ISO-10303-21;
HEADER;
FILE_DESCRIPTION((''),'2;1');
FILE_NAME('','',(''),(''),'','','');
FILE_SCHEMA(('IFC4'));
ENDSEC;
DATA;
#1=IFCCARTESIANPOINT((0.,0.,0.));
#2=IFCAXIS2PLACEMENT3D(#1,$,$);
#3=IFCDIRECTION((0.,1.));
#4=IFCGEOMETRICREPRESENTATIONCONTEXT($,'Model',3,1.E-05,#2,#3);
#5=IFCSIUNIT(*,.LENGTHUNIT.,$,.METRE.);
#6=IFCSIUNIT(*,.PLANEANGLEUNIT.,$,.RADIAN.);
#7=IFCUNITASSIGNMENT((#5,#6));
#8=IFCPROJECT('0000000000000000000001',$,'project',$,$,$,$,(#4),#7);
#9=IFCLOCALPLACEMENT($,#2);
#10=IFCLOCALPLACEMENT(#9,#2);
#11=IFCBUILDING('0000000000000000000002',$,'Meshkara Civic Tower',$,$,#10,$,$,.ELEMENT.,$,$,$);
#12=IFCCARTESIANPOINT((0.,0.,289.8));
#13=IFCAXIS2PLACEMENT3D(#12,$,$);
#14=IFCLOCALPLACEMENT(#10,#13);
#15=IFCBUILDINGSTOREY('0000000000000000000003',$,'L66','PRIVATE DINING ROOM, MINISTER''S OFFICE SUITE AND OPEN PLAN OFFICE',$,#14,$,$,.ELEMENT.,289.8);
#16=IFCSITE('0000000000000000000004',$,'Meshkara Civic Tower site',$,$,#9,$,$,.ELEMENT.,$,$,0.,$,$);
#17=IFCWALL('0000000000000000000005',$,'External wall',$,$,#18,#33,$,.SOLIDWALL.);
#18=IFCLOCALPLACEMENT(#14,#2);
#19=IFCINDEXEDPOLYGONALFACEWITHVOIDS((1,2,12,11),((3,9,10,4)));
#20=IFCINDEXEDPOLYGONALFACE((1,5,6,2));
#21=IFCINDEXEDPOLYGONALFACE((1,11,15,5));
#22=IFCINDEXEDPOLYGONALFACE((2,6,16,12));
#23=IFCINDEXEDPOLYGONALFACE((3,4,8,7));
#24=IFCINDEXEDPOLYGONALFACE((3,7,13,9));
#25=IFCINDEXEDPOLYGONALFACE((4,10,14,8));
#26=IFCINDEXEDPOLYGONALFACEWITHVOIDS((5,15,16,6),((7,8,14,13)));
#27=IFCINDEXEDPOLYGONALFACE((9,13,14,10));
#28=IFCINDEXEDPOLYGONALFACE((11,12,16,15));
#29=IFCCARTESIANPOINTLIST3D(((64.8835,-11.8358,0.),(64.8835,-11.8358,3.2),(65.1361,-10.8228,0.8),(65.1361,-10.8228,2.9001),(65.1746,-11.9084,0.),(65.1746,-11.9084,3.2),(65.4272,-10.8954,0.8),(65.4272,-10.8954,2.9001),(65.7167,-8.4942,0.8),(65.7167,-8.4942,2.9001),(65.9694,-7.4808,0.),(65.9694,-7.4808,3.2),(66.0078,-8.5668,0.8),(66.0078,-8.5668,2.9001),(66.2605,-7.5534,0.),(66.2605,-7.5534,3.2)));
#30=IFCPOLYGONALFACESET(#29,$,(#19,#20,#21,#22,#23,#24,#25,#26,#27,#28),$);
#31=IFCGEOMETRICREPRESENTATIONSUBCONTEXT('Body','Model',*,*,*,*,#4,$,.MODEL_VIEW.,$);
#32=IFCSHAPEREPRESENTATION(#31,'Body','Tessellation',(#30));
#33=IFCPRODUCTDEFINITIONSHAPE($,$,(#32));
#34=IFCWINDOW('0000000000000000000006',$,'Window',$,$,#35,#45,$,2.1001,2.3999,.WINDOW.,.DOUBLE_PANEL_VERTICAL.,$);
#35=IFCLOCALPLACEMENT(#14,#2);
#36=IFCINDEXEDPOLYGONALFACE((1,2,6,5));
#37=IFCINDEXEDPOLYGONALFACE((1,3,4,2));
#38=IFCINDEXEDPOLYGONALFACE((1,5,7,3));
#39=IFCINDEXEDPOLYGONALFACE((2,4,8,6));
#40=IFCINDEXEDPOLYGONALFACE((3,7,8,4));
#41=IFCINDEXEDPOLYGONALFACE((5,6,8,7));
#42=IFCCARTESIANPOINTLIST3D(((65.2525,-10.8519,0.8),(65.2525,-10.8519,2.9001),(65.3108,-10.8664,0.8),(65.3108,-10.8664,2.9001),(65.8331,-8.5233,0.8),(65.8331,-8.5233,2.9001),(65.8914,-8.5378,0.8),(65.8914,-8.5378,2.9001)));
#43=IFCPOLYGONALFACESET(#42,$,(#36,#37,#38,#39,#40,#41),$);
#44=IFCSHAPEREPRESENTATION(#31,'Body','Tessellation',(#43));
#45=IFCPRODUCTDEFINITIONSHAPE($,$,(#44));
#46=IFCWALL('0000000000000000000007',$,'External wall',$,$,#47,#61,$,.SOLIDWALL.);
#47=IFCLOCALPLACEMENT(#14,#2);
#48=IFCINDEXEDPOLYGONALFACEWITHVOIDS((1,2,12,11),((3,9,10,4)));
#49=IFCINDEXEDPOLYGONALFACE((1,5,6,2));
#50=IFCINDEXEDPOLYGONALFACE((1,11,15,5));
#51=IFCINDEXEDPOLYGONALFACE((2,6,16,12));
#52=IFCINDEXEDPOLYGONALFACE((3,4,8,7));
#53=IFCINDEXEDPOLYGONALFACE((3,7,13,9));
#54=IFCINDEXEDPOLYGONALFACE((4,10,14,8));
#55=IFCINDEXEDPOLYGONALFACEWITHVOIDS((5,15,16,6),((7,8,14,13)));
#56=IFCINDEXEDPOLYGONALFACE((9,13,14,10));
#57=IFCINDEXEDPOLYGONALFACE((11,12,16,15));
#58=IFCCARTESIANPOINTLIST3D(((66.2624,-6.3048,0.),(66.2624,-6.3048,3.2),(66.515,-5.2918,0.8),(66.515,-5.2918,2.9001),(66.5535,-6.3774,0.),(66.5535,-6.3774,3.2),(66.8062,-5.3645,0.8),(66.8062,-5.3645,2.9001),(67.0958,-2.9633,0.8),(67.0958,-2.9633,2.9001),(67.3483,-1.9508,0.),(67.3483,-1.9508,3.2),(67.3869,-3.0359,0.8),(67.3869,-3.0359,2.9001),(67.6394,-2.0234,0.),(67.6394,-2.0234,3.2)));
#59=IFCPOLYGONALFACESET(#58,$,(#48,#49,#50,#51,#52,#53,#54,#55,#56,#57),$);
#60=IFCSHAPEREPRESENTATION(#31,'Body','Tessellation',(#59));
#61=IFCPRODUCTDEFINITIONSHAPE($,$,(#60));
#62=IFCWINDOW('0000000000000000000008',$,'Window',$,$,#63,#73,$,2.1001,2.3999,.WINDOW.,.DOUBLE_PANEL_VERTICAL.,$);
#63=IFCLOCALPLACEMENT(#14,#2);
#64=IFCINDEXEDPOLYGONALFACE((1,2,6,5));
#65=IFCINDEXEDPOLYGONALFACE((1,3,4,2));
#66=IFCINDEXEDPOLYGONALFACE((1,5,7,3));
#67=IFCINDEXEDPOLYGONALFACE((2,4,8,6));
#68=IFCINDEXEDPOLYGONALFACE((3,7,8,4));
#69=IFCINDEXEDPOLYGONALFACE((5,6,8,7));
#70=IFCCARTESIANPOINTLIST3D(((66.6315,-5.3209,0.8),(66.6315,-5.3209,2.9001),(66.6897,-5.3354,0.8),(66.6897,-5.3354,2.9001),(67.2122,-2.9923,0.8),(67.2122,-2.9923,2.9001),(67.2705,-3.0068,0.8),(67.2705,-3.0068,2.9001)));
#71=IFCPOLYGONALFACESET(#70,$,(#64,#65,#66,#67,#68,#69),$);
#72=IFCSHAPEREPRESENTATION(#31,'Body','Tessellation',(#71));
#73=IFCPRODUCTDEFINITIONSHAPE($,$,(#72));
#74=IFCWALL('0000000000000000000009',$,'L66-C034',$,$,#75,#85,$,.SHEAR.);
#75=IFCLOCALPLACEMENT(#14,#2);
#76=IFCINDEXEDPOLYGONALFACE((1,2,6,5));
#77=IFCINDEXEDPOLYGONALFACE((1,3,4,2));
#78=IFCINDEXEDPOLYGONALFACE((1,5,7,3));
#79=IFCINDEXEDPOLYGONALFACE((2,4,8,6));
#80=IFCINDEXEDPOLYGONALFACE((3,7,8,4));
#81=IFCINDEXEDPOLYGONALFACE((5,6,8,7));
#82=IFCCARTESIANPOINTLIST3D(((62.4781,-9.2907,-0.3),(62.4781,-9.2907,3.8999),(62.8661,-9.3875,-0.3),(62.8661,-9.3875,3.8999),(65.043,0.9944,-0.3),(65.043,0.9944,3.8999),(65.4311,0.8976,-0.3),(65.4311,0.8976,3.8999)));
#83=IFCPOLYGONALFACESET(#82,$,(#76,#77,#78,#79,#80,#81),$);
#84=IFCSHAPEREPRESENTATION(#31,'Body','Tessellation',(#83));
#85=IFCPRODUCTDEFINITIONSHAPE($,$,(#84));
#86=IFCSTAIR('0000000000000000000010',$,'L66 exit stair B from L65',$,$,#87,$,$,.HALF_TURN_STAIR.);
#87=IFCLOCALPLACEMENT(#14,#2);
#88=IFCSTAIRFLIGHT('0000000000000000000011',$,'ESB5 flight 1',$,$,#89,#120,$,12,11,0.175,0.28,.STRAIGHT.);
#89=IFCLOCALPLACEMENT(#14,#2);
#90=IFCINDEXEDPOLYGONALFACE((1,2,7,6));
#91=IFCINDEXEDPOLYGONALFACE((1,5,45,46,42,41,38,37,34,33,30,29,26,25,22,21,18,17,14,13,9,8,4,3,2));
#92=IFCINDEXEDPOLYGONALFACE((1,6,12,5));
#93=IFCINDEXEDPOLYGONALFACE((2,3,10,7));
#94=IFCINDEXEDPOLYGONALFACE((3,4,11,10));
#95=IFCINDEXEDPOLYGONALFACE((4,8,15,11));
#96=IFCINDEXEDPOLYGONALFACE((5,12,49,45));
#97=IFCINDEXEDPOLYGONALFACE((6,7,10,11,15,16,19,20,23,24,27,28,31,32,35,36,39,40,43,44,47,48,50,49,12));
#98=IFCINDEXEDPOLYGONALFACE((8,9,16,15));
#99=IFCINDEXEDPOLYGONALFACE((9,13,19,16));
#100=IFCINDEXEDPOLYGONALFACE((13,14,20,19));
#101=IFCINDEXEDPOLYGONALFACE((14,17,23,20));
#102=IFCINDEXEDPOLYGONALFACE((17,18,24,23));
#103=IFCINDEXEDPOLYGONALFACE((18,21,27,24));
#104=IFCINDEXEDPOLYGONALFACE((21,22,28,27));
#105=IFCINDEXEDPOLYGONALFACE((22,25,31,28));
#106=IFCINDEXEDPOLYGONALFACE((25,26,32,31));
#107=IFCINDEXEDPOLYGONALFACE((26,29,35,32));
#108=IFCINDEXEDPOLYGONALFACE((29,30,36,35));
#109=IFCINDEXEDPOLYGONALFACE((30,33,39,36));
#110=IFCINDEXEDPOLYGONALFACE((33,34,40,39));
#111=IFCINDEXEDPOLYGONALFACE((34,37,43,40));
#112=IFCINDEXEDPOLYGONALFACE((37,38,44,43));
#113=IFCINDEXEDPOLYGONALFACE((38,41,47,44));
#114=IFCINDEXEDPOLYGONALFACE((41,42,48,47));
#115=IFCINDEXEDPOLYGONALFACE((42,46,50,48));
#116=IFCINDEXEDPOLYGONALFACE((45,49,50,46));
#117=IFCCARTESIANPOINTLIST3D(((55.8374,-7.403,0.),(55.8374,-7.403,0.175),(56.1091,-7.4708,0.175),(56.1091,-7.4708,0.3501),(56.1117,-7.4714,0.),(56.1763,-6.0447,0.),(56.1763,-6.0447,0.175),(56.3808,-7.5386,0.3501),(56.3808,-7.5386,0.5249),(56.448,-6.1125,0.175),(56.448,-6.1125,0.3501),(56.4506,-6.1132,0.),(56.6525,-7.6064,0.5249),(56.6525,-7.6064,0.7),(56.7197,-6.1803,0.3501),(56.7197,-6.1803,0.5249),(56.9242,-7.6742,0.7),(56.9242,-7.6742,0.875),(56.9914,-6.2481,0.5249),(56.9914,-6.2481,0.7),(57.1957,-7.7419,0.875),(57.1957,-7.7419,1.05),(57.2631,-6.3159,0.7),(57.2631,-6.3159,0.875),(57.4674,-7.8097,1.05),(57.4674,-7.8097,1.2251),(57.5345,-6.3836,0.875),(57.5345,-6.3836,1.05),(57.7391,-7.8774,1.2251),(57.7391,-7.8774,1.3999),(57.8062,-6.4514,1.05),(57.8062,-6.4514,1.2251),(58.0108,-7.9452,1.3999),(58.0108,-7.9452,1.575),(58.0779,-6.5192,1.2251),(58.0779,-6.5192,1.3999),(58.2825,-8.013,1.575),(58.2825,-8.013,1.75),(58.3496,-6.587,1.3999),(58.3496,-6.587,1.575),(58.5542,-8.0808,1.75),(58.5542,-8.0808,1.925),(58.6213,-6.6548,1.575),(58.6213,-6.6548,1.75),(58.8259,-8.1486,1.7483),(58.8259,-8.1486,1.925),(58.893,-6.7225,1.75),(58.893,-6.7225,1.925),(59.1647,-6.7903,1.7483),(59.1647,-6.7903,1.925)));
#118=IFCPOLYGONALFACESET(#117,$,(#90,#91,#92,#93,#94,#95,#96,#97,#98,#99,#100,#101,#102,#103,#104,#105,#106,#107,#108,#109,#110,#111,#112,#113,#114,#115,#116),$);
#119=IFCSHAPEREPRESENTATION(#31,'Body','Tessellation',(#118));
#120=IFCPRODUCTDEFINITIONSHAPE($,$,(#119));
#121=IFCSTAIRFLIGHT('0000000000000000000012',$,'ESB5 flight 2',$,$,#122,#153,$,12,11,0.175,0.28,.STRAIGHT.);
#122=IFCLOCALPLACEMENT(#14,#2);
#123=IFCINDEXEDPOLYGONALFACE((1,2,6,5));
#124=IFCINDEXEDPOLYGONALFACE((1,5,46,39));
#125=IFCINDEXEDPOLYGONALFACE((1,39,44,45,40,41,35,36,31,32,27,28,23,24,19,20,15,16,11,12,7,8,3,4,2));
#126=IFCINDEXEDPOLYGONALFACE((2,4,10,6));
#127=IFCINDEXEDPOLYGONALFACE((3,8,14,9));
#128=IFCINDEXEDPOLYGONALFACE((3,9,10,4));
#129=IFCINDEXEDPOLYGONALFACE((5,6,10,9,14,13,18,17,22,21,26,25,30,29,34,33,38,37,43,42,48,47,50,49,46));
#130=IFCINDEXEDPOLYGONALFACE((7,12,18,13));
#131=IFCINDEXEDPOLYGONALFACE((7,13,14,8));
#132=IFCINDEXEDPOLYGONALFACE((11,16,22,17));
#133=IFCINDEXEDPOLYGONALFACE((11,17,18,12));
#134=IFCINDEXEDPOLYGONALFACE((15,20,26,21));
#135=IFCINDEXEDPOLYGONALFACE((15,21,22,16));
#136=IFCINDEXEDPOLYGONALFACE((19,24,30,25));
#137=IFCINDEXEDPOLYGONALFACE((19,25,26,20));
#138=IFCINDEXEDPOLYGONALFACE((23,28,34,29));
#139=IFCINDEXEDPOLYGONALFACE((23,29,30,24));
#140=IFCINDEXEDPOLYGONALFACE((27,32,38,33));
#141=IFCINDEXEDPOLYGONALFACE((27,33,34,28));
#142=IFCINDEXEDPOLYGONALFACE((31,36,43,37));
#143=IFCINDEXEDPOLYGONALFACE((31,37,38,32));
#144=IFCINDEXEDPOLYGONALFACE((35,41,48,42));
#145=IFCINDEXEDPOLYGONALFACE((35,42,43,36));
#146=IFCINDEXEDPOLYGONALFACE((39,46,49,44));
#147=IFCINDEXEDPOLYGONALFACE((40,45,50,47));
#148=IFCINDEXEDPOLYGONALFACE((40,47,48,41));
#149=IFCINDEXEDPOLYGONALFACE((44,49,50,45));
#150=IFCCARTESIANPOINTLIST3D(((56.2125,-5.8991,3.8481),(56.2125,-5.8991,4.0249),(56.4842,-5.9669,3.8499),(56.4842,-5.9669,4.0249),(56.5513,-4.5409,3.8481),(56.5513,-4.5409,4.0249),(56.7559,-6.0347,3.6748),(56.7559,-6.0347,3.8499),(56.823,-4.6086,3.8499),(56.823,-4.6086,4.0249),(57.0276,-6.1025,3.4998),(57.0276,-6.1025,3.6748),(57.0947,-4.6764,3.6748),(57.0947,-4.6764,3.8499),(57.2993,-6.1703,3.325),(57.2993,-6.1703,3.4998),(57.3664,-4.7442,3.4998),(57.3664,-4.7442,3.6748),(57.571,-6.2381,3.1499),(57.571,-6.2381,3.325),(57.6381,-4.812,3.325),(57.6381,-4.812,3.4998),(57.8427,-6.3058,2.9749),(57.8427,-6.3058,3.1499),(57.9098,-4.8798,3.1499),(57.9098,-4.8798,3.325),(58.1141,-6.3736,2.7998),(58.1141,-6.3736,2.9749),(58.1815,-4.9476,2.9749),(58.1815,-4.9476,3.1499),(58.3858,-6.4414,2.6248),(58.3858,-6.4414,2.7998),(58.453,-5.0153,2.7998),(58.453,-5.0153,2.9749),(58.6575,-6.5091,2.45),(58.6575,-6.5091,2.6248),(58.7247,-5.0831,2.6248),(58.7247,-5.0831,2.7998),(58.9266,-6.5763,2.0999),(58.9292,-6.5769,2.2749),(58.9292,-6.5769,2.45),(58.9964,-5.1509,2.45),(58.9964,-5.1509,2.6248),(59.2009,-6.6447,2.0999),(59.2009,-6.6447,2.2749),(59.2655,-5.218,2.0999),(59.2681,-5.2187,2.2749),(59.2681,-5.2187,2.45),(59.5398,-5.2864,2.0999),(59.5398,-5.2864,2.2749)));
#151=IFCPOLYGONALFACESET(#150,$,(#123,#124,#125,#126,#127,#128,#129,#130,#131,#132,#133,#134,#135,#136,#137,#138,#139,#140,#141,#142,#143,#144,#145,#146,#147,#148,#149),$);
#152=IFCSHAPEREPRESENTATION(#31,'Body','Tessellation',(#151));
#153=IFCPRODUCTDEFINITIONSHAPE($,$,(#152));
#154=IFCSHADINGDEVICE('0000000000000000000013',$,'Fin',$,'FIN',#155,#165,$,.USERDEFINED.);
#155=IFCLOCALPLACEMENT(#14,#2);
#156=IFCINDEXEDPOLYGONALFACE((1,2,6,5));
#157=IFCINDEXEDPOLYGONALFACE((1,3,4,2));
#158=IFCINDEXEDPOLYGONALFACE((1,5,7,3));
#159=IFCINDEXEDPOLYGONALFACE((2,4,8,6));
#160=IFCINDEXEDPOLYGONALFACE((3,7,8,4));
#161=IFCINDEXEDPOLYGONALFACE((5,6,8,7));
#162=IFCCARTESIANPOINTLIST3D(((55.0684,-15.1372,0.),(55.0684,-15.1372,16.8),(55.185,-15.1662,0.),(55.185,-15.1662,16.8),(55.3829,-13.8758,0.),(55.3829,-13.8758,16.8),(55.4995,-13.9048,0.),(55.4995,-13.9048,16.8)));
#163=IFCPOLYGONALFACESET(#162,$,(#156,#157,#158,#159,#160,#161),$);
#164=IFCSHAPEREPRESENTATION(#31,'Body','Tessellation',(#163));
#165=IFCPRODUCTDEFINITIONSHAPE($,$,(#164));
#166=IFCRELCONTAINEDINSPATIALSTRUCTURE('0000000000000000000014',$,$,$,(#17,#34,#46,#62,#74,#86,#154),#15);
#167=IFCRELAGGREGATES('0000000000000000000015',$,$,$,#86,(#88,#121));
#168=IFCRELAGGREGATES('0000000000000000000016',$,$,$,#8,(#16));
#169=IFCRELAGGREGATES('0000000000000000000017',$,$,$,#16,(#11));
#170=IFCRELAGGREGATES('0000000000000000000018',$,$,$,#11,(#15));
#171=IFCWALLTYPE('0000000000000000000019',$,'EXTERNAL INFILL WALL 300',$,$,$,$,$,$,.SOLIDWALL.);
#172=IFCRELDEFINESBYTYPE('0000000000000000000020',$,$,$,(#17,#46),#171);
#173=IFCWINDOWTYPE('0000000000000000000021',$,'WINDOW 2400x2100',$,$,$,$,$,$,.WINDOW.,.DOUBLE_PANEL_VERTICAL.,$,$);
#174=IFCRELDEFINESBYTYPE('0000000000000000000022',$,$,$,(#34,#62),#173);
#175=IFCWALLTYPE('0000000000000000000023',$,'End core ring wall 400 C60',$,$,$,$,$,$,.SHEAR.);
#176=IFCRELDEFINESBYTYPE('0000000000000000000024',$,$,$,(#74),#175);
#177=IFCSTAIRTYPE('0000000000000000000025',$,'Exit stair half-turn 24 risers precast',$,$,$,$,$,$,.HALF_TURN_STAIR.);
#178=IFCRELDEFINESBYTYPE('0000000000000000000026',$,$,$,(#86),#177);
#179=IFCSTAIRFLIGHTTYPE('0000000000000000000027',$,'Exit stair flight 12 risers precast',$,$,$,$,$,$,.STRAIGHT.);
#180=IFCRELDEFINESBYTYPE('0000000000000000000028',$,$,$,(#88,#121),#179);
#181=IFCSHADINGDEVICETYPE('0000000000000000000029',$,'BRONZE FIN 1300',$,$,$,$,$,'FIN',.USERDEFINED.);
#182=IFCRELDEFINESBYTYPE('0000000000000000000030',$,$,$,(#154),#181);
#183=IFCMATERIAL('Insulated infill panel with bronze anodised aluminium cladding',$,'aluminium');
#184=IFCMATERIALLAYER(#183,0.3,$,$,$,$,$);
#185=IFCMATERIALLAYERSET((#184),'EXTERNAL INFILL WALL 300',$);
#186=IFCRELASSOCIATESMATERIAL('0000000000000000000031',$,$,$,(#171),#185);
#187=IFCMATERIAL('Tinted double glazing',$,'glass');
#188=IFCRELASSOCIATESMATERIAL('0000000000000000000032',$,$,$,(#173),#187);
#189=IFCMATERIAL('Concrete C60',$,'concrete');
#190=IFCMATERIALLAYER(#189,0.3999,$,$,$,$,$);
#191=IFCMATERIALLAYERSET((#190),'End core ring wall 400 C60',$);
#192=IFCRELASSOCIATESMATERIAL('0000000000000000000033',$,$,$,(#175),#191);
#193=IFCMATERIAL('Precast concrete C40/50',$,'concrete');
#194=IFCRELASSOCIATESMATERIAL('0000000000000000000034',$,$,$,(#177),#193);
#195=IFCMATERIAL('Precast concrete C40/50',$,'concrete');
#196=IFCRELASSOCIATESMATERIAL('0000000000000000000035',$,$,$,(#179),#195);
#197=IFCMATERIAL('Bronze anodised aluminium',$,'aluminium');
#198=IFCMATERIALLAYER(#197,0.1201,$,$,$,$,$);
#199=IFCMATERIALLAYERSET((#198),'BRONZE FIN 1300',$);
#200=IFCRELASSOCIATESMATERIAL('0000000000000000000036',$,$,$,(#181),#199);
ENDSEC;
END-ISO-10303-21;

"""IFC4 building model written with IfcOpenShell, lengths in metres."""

from ifc_helpers import new_model, si_unit, direction, frame, frame_2d, origin, origin_2d, place, context, subcontext, project, spatial, polyline, rectangle, outline, extrude, material, layer, layer_set, type_object, element, fill, aggregate, save


model = new_model("IFC4")

# Units and contexts
model_context = context("Model", 3, precision=1e-05, world=origin(), true_north=direction((0.0, 1.0)))
body_context = subcontext(model_context, "Body", "Model", "MODEL_VIEW")
ifc_project = project(units=[si_unit("LENGTHUNIT", "METRE"), si_unit("PLANEANGLEUNIT", "RADIAN")], contexts=[model_context])

# Site, building, storey
site_placement = place(None, origin())
site = spatial("IfcSite", under=ifc_project, at=site_placement, Name="Meshkara Civic Tower site", CompositionType="ELEMENT", RefElevation=0.0)
building_placement = place(site_placement, origin())
building = spatial("IfcBuilding", under=site, at=building_placement, Name="Meshkara Civic Tower", CompositionType="ELEMENT")
storey_placement = place(building_placement, frame((0.0, 0.0, 289.8)))
storey = spatial("IfcBuildingStorey", under=building, at=storey_placement, Name="L66", Description="PRIVATE DINING ROOM, MINISTER'S OFFICE SUITE AND OPEN PLAN OFFICE", CompositionType="ELEMENT", Elevation=289.8)

# Walls, openings, windows
ifc_material_1 = material(Name="Insulated infill panel with bronze anodised aluminium cladding", Category="aluminium")
ifc_layer_1 = layer(ifc_material_1, 0.3)
ifc_layer_set_1 = layer_set([ifc_layer_1], Name="EXTERNAL INFILL WALL 300")
wall_type_1 = type_object("IfcWallType", Name="EXTERNAL INFILL WALL 300", PredefinedType="SOLIDWALL", material=ifc_layer_set_1)
ifc_material_2 = material(Name="Tinted double glazing", Category="glass")
window_type = type_object("IfcWindowType", Name="WINDOW 2400x2100", PartitioningType="DOUBLE_PANEL_VERTICAL", PredefinedType="WINDOW", material=ifc_material_2)
wall_1_placement = place(storey_placement, frame((65.0291, -11.8721, 0.0), z_axis=(0.0, 0.0, 1.0), x_axis=(0.241947, 0.97029, 0.0)))
wall_1 = element("IfcWall", 1, at=wall_1_placement, inside=storey, type_object=wall_type_1, Name="External wall", PredefinedType="SOLIDWALL", context=body_context, shape_type="SweptSolid", body=[
    extrude(rectangle(XDim=4.4883, YDim=0.3, at=frame_2d((2.2441, 0.0))), origin(), (0.0, 0.0, 1.0), 3.2),
])
opening_1_placement = place(wall_1_placement, frame((1.0439, 0.0, 0.8)))
opening_1 = element("IfcOpeningElement", 2, at=opening_1_placement, cuts=wall_1, PredefinedType="OPENING", context=body_context, shape_type="SweptSolid", body=[
    extrude(rectangle(XDim=2.3999, YDim=2.1001, at=frame_2d((1.2, 1.05))), frame((0.0, 0.1599, 0.0), z_axis=(0.0, -1.0, 0.0), x_axis=(1.0, 0.0, 0.0)), (0.0, 0.0, 1.0), 0.3201),
])
window_1_placement = place(opening_1_placement, origin())
window_1 = element("IfcWindow", 3, at=window_1_placement, inside=storey, type_object=window_type, Name="Window", OverallHeight=2.1001, OverallWidth=2.3999, PartitioningType="DOUBLE_PANEL_VERTICAL", PredefinedType="WINDOW", context=body_context, shape_type="SweptSolid", body=[
    extrude(rectangle(XDim=2.3999, YDim=2.1001, at=frame_2d((1.2, 1.05))), frame((0.0, 0.03, 0.0), z_axis=(0.0, -1.0, 0.0), x_axis=(1.0, 0.0, 0.0)), (0.0, 0.0, 1.0), 0.0601),
])
fill(opening_1, window_1)
wall_2_placement = place(storey_placement, frame((66.408, -6.3411, 0.0), z_axis=(0.0, 0.0, 1.0), x_axis=(0.241998, 0.970277, 0.0)))
wall_2 = element("IfcWall", 4, at=wall_2_placement, inside=storey, type_object=wall_type_1, Name="External wall", PredefinedType="SOLIDWALL", context=body_context, shape_type="SweptSolid", body=[
    extrude(rectangle(XDim=4.4873, YDim=0.3, at=frame_2d((2.2437, 0.0))), origin(), (0.0, 0.0, 1.0), 3.2),
])
opening_2_placement = place(wall_2_placement, frame((1.0439, 0.0, 0.8)))
opening_2 = element("IfcOpeningElement", 5, at=opening_2_placement, cuts=wall_2, PredefinedType="OPENING", context=body_context, shape_type="SweptSolid", body=[
    extrude(rectangle(XDim=2.3999, YDim=2.1001, at=frame_2d((1.2, 1.05))), frame((0.0, 0.1599, 0.0), z_axis=(0.0, -1.0, 0.0), x_axis=(1.0, 0.0, 0.0)), (0.0, 0.0, 1.0), 0.3201),
])
window_2_placement = place(opening_2_placement, origin())
window_2 = element("IfcWindow", 6, at=window_2_placement, inside=storey, type_object=window_type, Name="Window", OverallHeight=2.1001, OverallWidth=2.3999, PartitioningType="DOUBLE_PANEL_VERTICAL", PredefinedType="WINDOW", context=body_context, shape_type="SweptSolid", body=[
    extrude(rectangle(XDim=2.3999, YDim=2.1001, at=frame_2d((1.2, 1.05))), frame((0.0, 0.03, 0.0), z_axis=(0.0, -1.0, 0.0), x_axis=(1.0, 0.0, 0.0)), (0.0, 0.0, 1.0), 0.0601),
])
fill(opening_2, window_2)

# Wall
ifc_material_3 = material(Name="Concrete C60", Category="concrete")
ifc_layer_2 = layer(ifc_material_3, 0.3999)
ifc_layer_set_2 = layer_set([ifc_layer_2], Name="End core ring wall 400 C60")
wall_type_2 = type_object("IfcWallType", Name="End core ring wall 400 C60", PredefinedType="SHEAR", material=ifc_layer_set_2)
wall_3_placement = place(storey_placement, frame((62.6721, -9.3391, -0.3), z_axis=(0.0, 0.0, 1.0), x_axis=(0.241972, 0.970283, 0.0)))
element("IfcWall", 7, at=wall_3_placement, inside=storey, type_object=wall_type_2, Name="L66-C034", PredefinedType="SHEAR", context=body_context, shape_type="SweptSolid", body=[
    extrude(rectangle(XDim=10.6001, YDim=0.3999, at=frame_2d((5.3, 0.0))), origin(), (0.0, 0.0, 1.0), 4.2),
])

# Stair, stair flights
ifc_material_4 = material(Name="Precast concrete C40/50", Category="concrete")
stair_type = type_object("IfcStairType", Name="Exit stair half-turn 24 risers precast", PredefinedType="HALF_TURN_STAIR", material=ifc_material_4)
stair_placement = place(storey_placement, origin())
stair = element("IfcStair", 8, at=stair_placement, inside=storey, type_object=stair_type, Name="L66 exit stair B from L65", PredefinedType="HALF_TURN_STAIR")
ifc_material_5 = material(Name="Precast concrete C40/50", Category="concrete")
stair_flight_type = type_object("IfcStairFlightType", Name="Exit stair flight 12 risers precast", PredefinedType="STRAIGHT", material=ifc_material_5)
stair_flight_1_placement = place(storey_placement, frame((56.0068, -6.7239, 0.0), z_axis=(0.0, 0.0, 1.0), x_axis=(0.97026, -0.242065, 0.0)))
stair_flight_1 = element("IfcStairFlight", 9, at=stair_flight_1_placement, type_object=stair_flight_type, Name="ESB5 flight 1", NumberOfRisers=12, NumberOfTreads=11, PredefinedType="STRAIGHT", RiserHeight=0.175, TreadLength=0.28, context=body_context, shape_type="SweptSolid", body=[
    extrude(outline(polyline([(0.0, 0.0), (0.0, 0.175), (0.28, 0.175), (0.28, 0.3501), (0.5601, 0.3501), (0.5601, 0.5249), (0.8401, 0.5249), (0.8401, 0.7), (1.1201, 0.7), (1.1201, 0.875), (1.3999, 0.875), (1.3999, 1.05), (1.6799, 1.05), (1.6799, 1.2251), (1.96, 1.2251), (1.96, 1.3999), (2.24, 1.3999), (2.24, 1.575), (2.52, 1.575), (2.52, 1.75), (2.8, 1.75), (2.8, 1.925), (3.0801, 1.925), (3.0801, 2.1001), (3.0801, 1.7483), (0.2827, 0.0), (0.0, 0.0)])), frame((0.0, 0.7, 0.0), z_axis=(0.0, -1.0, 0.0), x_axis=(1.0, 0.0, 0.0)), (0.0, 0.0, 1.0), 1.3999),
])
stair_flight_2_placement = place(storey_placement, frame((59.3704, -5.9656, 2.0999), z_axis=(0.0, 0.0, 1.0), x_axis=(-0.97026, 0.242065, 0.0)))
stair_flight_2 = element("IfcStairFlight", 10, at=stair_flight_2_placement, type_object=stair_flight_type, Name="ESB5 flight 2", NumberOfRisers=12, NumberOfTreads=11, PredefinedType="STRAIGHT", RiserHeight=0.175, TreadLength=0.28, context=body_context, shape_type="SweptSolid", body=[
    extrude(outline(polyline([(0.0, 0.0), (0.0, 0.175), (0.28, 0.175), (0.28, 0.3501), (0.5601, 0.3501), (0.5601, 0.5249), (0.8401, 0.5249), (0.8401, 0.7), (1.1201, 0.7), (1.1201, 0.875), (1.3999, 0.875), (1.3999, 1.05), (1.6799, 1.05), (1.6799, 1.2251), (1.96, 1.2251), (1.96, 1.3999), (2.24, 1.3999), (2.24, 1.575), (2.52, 1.575), (2.52, 1.75), (2.8, 1.75), (2.8, 1.925), (3.0801, 1.925), (3.0801, 2.1001), (3.0801, 1.7483), (0.2827, 0.0), (0.0, 0.0)])), frame((0.0, 0.7, 0.0), z_axis=(0.0, -1.0, 0.0), x_axis=(1.0, 0.0, 0.0)), (0.0, 0.0, 1.0), 1.3999),
])
aggregate(stair, [stair_flight_1, stair_flight_2])

# Shading device
ifc_material_6 = material(Name="Bronze anodised aluminium", Category="aluminium")
ifc_layer_3 = layer(ifc_material_6, 0.1201)
ifc_layer_set_3 = layer_set([ifc_layer_3], Name="BRONZE FIN 1300")
shading_device_type_1 = type_object("IfcShadingDeviceType", Name="BRONZE FIN 1300", ElementType="FIN", PredefinedType="USERDEFINED", material=ifc_layer_set_3)
shading_device_placement = place(storey_placement, frame((55.2839, -14.521, 0.0), z_axis=(0.0, 0.0, 1.0), x_axis=(0.970296, -0.241922, 0.0)))
element("IfcShadingDevice", 11, at=shading_device_placement, inside=storey, type_object=shading_device_type_1, Name="Fin", ObjectType="FIN", PredefinedType="USERDEFINED", context=body_context, shape_type="SweptSolid", body=[
    extrude(rectangle(XDim=0.1201, YDim=1.3, at=origin_2d()), origin(), (0.0, 0.0, 1.0), 16.8),
])

save(model, "model.ifc")
